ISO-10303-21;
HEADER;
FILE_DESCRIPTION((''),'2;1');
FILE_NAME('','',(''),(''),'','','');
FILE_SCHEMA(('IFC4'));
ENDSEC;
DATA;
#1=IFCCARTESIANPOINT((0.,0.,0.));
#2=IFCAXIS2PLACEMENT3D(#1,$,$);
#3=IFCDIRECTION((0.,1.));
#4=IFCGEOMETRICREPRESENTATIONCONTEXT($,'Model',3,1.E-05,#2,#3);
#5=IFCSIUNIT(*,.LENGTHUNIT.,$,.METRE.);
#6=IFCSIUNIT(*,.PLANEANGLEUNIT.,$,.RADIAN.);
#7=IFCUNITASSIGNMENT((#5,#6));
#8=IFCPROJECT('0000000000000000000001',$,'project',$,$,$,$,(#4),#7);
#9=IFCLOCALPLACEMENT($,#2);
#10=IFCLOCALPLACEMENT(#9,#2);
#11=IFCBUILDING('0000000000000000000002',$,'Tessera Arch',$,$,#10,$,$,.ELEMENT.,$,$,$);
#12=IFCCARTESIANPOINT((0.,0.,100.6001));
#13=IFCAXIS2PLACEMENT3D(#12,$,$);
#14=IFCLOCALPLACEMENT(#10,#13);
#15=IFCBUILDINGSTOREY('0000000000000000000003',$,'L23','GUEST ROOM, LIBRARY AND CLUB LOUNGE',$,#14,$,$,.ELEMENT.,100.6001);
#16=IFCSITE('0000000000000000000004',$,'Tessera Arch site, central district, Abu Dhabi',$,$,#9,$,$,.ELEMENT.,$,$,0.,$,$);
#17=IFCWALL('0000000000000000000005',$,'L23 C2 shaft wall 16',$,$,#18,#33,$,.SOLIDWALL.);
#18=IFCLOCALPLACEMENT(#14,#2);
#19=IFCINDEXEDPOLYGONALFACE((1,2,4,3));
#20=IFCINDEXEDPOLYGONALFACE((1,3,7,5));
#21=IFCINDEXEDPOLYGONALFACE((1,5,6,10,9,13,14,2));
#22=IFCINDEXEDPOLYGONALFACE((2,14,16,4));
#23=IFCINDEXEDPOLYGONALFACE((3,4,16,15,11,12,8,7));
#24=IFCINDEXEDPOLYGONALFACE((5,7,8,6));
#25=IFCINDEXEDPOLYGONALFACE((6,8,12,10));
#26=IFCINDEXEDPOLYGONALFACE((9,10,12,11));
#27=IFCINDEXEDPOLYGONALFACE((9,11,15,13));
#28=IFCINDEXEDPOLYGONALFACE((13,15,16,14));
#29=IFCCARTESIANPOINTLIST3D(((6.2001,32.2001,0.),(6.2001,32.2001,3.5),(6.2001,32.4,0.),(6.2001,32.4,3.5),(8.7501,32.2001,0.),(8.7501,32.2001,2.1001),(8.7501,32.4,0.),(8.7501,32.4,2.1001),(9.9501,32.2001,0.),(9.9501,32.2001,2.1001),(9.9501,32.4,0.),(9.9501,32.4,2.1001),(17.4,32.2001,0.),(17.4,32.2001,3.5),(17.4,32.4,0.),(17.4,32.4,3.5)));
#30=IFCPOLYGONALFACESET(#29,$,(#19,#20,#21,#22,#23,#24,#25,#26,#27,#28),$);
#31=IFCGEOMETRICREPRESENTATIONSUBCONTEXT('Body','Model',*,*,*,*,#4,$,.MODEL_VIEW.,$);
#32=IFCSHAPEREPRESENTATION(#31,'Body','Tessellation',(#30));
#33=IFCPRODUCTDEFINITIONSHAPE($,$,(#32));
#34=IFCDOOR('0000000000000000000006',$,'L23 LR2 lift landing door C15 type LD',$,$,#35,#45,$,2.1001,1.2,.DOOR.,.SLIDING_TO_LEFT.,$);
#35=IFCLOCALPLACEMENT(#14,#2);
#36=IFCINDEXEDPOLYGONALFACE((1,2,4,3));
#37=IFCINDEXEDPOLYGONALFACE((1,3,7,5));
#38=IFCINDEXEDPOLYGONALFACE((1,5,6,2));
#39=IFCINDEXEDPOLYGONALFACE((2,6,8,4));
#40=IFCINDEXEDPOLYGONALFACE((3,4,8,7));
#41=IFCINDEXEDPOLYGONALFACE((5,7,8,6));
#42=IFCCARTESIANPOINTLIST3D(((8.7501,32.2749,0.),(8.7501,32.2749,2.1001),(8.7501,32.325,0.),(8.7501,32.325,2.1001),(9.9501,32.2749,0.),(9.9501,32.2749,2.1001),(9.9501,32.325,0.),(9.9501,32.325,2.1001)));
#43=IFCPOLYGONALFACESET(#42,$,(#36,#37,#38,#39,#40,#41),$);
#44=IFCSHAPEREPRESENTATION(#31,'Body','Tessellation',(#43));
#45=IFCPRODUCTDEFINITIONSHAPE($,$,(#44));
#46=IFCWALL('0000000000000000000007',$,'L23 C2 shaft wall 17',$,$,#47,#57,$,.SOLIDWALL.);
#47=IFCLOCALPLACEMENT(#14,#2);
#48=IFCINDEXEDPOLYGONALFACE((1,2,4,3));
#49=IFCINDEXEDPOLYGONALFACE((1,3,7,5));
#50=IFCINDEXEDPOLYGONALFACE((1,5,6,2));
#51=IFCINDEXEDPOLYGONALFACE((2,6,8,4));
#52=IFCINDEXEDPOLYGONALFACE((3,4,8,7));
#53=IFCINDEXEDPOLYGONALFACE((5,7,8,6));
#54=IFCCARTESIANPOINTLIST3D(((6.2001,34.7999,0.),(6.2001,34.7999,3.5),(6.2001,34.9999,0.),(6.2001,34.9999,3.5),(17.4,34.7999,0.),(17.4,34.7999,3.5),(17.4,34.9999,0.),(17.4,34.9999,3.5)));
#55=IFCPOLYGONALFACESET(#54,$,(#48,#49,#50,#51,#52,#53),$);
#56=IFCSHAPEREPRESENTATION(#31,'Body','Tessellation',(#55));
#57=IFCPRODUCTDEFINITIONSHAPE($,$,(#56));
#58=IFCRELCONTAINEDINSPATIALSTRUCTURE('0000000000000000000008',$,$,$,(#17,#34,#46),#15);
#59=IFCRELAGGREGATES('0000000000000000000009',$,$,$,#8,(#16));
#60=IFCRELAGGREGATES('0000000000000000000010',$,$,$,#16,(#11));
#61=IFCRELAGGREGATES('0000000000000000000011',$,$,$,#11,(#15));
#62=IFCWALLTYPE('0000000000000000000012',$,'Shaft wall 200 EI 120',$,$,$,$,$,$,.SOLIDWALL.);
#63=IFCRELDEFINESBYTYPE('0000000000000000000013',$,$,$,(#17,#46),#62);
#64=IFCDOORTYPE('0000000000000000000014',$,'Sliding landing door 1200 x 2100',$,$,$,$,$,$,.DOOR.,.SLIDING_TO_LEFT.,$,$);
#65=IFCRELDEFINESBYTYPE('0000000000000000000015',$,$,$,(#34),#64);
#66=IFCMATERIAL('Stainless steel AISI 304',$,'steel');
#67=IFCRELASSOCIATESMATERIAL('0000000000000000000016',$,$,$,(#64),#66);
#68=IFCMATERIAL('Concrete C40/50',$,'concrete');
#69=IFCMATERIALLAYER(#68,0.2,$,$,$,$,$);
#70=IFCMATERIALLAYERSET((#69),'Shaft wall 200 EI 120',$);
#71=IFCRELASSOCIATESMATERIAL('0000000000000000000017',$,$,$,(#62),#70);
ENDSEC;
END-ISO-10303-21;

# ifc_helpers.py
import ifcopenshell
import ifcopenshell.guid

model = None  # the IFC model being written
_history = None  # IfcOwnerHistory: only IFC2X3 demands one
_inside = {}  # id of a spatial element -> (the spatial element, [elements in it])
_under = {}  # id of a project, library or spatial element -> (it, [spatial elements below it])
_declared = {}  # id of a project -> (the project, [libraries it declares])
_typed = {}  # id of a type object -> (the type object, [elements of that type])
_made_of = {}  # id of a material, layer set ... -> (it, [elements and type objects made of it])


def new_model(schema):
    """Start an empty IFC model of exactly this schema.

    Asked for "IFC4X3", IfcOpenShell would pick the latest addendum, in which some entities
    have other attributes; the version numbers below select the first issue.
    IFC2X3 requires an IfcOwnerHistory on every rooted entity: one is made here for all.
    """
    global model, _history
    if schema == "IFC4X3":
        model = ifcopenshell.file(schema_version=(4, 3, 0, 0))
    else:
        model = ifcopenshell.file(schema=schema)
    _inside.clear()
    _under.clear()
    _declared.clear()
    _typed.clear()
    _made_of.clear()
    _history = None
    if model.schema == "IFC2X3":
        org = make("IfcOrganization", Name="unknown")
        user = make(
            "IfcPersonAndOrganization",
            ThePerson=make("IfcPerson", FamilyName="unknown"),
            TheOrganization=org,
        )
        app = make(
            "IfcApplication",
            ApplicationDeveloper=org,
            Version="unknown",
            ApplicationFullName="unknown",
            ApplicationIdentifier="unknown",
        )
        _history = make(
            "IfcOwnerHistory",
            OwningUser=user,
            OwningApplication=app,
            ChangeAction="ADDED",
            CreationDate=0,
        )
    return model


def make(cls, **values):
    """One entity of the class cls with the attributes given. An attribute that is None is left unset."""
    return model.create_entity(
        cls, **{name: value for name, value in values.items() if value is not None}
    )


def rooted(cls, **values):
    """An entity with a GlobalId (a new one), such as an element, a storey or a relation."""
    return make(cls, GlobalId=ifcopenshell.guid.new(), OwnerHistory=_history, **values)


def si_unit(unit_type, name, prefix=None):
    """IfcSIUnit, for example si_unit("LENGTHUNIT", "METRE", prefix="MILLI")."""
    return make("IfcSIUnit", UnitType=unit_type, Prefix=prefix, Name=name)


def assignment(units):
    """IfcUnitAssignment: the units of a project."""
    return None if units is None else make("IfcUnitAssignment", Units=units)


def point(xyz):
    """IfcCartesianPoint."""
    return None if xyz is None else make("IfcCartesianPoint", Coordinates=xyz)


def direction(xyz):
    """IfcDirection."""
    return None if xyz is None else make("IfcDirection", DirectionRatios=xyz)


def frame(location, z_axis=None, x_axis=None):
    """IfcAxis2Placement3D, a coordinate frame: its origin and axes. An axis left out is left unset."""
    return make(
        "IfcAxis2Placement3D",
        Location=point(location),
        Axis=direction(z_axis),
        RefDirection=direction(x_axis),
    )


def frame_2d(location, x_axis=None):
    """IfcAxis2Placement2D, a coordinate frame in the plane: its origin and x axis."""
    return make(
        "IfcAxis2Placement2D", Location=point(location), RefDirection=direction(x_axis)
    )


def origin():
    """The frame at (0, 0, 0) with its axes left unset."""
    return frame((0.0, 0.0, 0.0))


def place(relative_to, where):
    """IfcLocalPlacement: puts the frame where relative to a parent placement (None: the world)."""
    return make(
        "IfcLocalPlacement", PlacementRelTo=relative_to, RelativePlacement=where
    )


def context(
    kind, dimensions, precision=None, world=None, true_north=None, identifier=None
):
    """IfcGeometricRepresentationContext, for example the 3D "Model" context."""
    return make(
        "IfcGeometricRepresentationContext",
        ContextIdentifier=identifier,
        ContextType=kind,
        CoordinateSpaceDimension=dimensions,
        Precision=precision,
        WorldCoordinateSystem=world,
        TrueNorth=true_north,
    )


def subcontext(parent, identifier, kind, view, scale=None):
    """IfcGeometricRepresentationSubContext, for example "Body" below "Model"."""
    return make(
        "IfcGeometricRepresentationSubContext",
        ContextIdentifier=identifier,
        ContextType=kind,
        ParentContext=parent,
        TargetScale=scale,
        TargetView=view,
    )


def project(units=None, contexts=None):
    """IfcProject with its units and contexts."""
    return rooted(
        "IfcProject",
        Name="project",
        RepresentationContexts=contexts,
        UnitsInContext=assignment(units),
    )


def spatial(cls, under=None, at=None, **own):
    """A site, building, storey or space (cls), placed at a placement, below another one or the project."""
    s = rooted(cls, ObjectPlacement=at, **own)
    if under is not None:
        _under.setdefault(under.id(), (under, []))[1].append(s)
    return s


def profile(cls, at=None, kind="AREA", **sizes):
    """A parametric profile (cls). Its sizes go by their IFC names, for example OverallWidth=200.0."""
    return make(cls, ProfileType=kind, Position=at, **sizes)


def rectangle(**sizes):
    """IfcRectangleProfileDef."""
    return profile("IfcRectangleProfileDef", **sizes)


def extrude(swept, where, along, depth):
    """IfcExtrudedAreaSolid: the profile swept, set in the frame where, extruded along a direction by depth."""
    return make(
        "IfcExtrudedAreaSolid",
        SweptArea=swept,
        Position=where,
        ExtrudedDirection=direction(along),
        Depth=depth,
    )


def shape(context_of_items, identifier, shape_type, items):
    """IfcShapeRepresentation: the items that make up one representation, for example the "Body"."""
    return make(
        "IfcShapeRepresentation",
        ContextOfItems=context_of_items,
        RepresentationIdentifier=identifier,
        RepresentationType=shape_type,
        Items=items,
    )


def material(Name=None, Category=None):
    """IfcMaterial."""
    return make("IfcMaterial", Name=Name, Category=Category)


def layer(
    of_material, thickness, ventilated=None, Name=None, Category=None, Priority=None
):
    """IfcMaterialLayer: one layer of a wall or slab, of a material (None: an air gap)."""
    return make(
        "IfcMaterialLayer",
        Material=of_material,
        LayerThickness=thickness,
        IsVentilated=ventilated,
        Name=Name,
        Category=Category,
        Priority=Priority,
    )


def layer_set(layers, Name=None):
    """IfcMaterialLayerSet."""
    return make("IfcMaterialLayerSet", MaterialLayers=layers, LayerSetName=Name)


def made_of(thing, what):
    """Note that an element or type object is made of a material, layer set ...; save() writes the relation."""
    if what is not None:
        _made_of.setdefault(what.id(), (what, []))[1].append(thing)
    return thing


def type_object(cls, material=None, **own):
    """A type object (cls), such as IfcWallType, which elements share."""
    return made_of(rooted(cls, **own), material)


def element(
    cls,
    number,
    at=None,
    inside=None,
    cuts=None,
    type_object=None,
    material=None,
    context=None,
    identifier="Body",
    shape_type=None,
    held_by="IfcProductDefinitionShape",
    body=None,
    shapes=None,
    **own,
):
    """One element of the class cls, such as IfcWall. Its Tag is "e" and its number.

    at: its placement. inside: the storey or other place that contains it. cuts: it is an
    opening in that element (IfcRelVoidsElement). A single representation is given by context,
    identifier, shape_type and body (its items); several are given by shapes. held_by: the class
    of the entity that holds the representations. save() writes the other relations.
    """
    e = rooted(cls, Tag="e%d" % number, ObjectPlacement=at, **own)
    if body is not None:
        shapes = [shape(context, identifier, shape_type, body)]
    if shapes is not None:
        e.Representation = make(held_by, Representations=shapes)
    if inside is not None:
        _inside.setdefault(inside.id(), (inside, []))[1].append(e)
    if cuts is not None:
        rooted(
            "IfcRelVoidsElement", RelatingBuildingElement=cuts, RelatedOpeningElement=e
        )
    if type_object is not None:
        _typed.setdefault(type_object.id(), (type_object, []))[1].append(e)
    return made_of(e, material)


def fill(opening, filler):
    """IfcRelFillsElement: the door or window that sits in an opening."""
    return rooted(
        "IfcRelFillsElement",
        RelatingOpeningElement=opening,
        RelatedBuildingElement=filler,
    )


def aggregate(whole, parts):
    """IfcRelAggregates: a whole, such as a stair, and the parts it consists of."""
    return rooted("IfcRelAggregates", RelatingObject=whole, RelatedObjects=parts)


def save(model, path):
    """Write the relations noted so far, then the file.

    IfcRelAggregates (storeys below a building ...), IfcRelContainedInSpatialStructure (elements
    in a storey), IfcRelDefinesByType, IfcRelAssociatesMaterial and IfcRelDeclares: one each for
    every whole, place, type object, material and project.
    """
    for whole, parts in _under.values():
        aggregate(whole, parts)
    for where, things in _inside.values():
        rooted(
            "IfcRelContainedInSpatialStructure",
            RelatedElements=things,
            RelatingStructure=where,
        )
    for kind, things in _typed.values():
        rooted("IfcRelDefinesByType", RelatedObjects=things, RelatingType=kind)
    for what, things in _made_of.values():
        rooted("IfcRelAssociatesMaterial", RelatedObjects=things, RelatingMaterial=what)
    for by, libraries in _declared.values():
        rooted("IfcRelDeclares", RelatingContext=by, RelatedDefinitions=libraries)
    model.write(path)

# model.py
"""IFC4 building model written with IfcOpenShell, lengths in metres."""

from ifc_helpers import new_model, si_unit, direction, frame, frame_2d, origin, place, context, subcontext, project, spatial, rectangle, extrude, material, layer, layer_set, type_object, element, fill, save


model = new_model("IFC4")

# Units and contexts
model_context = context("Model", 3, precision=1e-05, world=origin(), true_north=direction((0.0, 1.0)))
body_context = subcontext(model_context, "Body", "Model", "MODEL_VIEW")
ifc_project = project(units=[si_unit("LENGTHUNIT", "METRE"), si_unit("PLANEANGLEUNIT", "RADIAN")], contexts=[model_context])

# Site, building, storey
site_placement = place(None, origin())
site = spatial("IfcSite", under=ifc_project, at=site_placement, Name="Tessera Arch site, central district, Abu Dhabi", CompositionType="ELEMENT", RefElevation=0.0)
building_placement = place(site_placement, origin())
building = spatial("IfcBuilding", under=site, at=building_placement, Name="Tessera Arch", CompositionType="ELEMENT")
storey_placement = place(building_placement, frame((0.0, 0.0, 100.6001)))
storey = spatial("IfcBuildingStorey", under=building, at=storey_placement, Name="L23", Description="GUEST ROOM, LIBRARY AND CLUB LOUNGE", CompositionType="ELEMENT", Elevation=100.6001)

# Shared definitions
ifc_material_1 = material(Name="Stainless steel AISI 304", Category="steel")
door_type_1 = type_object("IfcDoorType", Name="Sliding landing door 1200 x 2100", OperationType="SLIDING_TO_LEFT", PredefinedType="DOOR", material=ifc_material_1)

# Shared definitions
ifc_material_2 = material(Name="Concrete C40/50", Category="concrete")
ifc_layer_1 = layer(ifc_material_2, 0.2)
ifc_layer_set_1 = layer_set([ifc_layer_1], Name="Shaft wall 200 EI 120")
wall_type_1 = type_object("IfcWallType", Name="Shaft wall 200 EI 120", PredefinedType="SOLIDWALL", material=ifc_layer_set_1)

# Wall, opening, door
wall_1_placement = place(storey_placement, frame((6.2, 32.3, 0.0), z_axis=(0.0, 0.0, 1.0), x_axis=(1.0, 0.0, 0.0)))
wall_1 = element("IfcWall", 1, at=wall_1_placement, inside=storey, type_object=wall_type_1, Name="L23 C2 shaft wall 16", PredefinedType="SOLIDWALL", context=body_context, shape_type="SweptSolid", body=[
    extrude(rectangle(XDim=11.2, YDim=0.2, at=frame_2d((5.6001, 0.0))), origin(), (0.0, 0.0, 1.0), 3.5),
])
opening_1_placement = place(wall_1_placement, frame((2.55, 0.0, 0.0)))
opening_1 = element("IfcOpeningElement", 2, at=opening_1_placement, cuts=wall_1, PredefinedType="OPENING", context=body_context, shape_type="SweptSolid", body=[
    extrude(rectangle(XDim=1.2, YDim=2.1001, at=frame_2d((0.6001, 1.05))), frame((0.0, 0.1099, 0.0), z_axis=(0.0, -1.0, 0.0), x_axis=(1.0, 0.0, 0.0)), (0.0, 0.0, 1.0), 0.22),
])
door_1_placement = place(opening_1_placement, origin())
door_1 = element("IfcDoor", 3, at=door_1_placement, inside=storey, type_object=door_type_1, Name="L23 LR2 lift landing door C15 type LD", OperationType="SLIDING_TO_LEFT", OverallHeight=2.1001, OverallWidth=1.2, PredefinedType="DOOR", context=body_context, shape_type="SweptSolid", body=[
    extrude(rectangle(XDim=1.2, YDim=2.1001, at=frame_2d((0.6001, 1.05))), frame((0.0, 0.0249, 0.0), z_axis=(0.0, -1.0, 0.0), x_axis=(1.0, 0.0, 0.0)), (0.0, 0.0, 1.0), 0.05),
])
fill(opening_1, door_1)

# Wall
wall_2_placement = place(storey_placement, frame((6.2, 34.8999, 0.0), z_axis=(0.0, 0.0, 1.0), x_axis=(1.0, 0.0, 0.0)))
element("IfcWall", 4, at=wall_2_placement, inside=storey, type_object=wall_type_1, Name="L23 C2 shaft wall 17", PredefinedType="SOLIDWALL", context=body_context, shape_type="SweptSolid", body=[
    extrude(rectangle(XDim=11.2, YDim=0.2, at=frame_2d((5.6001, 0.0))), origin(), (0.0, 0.0, 1.0), 3.5),
])

save(model, "model.ifc")
